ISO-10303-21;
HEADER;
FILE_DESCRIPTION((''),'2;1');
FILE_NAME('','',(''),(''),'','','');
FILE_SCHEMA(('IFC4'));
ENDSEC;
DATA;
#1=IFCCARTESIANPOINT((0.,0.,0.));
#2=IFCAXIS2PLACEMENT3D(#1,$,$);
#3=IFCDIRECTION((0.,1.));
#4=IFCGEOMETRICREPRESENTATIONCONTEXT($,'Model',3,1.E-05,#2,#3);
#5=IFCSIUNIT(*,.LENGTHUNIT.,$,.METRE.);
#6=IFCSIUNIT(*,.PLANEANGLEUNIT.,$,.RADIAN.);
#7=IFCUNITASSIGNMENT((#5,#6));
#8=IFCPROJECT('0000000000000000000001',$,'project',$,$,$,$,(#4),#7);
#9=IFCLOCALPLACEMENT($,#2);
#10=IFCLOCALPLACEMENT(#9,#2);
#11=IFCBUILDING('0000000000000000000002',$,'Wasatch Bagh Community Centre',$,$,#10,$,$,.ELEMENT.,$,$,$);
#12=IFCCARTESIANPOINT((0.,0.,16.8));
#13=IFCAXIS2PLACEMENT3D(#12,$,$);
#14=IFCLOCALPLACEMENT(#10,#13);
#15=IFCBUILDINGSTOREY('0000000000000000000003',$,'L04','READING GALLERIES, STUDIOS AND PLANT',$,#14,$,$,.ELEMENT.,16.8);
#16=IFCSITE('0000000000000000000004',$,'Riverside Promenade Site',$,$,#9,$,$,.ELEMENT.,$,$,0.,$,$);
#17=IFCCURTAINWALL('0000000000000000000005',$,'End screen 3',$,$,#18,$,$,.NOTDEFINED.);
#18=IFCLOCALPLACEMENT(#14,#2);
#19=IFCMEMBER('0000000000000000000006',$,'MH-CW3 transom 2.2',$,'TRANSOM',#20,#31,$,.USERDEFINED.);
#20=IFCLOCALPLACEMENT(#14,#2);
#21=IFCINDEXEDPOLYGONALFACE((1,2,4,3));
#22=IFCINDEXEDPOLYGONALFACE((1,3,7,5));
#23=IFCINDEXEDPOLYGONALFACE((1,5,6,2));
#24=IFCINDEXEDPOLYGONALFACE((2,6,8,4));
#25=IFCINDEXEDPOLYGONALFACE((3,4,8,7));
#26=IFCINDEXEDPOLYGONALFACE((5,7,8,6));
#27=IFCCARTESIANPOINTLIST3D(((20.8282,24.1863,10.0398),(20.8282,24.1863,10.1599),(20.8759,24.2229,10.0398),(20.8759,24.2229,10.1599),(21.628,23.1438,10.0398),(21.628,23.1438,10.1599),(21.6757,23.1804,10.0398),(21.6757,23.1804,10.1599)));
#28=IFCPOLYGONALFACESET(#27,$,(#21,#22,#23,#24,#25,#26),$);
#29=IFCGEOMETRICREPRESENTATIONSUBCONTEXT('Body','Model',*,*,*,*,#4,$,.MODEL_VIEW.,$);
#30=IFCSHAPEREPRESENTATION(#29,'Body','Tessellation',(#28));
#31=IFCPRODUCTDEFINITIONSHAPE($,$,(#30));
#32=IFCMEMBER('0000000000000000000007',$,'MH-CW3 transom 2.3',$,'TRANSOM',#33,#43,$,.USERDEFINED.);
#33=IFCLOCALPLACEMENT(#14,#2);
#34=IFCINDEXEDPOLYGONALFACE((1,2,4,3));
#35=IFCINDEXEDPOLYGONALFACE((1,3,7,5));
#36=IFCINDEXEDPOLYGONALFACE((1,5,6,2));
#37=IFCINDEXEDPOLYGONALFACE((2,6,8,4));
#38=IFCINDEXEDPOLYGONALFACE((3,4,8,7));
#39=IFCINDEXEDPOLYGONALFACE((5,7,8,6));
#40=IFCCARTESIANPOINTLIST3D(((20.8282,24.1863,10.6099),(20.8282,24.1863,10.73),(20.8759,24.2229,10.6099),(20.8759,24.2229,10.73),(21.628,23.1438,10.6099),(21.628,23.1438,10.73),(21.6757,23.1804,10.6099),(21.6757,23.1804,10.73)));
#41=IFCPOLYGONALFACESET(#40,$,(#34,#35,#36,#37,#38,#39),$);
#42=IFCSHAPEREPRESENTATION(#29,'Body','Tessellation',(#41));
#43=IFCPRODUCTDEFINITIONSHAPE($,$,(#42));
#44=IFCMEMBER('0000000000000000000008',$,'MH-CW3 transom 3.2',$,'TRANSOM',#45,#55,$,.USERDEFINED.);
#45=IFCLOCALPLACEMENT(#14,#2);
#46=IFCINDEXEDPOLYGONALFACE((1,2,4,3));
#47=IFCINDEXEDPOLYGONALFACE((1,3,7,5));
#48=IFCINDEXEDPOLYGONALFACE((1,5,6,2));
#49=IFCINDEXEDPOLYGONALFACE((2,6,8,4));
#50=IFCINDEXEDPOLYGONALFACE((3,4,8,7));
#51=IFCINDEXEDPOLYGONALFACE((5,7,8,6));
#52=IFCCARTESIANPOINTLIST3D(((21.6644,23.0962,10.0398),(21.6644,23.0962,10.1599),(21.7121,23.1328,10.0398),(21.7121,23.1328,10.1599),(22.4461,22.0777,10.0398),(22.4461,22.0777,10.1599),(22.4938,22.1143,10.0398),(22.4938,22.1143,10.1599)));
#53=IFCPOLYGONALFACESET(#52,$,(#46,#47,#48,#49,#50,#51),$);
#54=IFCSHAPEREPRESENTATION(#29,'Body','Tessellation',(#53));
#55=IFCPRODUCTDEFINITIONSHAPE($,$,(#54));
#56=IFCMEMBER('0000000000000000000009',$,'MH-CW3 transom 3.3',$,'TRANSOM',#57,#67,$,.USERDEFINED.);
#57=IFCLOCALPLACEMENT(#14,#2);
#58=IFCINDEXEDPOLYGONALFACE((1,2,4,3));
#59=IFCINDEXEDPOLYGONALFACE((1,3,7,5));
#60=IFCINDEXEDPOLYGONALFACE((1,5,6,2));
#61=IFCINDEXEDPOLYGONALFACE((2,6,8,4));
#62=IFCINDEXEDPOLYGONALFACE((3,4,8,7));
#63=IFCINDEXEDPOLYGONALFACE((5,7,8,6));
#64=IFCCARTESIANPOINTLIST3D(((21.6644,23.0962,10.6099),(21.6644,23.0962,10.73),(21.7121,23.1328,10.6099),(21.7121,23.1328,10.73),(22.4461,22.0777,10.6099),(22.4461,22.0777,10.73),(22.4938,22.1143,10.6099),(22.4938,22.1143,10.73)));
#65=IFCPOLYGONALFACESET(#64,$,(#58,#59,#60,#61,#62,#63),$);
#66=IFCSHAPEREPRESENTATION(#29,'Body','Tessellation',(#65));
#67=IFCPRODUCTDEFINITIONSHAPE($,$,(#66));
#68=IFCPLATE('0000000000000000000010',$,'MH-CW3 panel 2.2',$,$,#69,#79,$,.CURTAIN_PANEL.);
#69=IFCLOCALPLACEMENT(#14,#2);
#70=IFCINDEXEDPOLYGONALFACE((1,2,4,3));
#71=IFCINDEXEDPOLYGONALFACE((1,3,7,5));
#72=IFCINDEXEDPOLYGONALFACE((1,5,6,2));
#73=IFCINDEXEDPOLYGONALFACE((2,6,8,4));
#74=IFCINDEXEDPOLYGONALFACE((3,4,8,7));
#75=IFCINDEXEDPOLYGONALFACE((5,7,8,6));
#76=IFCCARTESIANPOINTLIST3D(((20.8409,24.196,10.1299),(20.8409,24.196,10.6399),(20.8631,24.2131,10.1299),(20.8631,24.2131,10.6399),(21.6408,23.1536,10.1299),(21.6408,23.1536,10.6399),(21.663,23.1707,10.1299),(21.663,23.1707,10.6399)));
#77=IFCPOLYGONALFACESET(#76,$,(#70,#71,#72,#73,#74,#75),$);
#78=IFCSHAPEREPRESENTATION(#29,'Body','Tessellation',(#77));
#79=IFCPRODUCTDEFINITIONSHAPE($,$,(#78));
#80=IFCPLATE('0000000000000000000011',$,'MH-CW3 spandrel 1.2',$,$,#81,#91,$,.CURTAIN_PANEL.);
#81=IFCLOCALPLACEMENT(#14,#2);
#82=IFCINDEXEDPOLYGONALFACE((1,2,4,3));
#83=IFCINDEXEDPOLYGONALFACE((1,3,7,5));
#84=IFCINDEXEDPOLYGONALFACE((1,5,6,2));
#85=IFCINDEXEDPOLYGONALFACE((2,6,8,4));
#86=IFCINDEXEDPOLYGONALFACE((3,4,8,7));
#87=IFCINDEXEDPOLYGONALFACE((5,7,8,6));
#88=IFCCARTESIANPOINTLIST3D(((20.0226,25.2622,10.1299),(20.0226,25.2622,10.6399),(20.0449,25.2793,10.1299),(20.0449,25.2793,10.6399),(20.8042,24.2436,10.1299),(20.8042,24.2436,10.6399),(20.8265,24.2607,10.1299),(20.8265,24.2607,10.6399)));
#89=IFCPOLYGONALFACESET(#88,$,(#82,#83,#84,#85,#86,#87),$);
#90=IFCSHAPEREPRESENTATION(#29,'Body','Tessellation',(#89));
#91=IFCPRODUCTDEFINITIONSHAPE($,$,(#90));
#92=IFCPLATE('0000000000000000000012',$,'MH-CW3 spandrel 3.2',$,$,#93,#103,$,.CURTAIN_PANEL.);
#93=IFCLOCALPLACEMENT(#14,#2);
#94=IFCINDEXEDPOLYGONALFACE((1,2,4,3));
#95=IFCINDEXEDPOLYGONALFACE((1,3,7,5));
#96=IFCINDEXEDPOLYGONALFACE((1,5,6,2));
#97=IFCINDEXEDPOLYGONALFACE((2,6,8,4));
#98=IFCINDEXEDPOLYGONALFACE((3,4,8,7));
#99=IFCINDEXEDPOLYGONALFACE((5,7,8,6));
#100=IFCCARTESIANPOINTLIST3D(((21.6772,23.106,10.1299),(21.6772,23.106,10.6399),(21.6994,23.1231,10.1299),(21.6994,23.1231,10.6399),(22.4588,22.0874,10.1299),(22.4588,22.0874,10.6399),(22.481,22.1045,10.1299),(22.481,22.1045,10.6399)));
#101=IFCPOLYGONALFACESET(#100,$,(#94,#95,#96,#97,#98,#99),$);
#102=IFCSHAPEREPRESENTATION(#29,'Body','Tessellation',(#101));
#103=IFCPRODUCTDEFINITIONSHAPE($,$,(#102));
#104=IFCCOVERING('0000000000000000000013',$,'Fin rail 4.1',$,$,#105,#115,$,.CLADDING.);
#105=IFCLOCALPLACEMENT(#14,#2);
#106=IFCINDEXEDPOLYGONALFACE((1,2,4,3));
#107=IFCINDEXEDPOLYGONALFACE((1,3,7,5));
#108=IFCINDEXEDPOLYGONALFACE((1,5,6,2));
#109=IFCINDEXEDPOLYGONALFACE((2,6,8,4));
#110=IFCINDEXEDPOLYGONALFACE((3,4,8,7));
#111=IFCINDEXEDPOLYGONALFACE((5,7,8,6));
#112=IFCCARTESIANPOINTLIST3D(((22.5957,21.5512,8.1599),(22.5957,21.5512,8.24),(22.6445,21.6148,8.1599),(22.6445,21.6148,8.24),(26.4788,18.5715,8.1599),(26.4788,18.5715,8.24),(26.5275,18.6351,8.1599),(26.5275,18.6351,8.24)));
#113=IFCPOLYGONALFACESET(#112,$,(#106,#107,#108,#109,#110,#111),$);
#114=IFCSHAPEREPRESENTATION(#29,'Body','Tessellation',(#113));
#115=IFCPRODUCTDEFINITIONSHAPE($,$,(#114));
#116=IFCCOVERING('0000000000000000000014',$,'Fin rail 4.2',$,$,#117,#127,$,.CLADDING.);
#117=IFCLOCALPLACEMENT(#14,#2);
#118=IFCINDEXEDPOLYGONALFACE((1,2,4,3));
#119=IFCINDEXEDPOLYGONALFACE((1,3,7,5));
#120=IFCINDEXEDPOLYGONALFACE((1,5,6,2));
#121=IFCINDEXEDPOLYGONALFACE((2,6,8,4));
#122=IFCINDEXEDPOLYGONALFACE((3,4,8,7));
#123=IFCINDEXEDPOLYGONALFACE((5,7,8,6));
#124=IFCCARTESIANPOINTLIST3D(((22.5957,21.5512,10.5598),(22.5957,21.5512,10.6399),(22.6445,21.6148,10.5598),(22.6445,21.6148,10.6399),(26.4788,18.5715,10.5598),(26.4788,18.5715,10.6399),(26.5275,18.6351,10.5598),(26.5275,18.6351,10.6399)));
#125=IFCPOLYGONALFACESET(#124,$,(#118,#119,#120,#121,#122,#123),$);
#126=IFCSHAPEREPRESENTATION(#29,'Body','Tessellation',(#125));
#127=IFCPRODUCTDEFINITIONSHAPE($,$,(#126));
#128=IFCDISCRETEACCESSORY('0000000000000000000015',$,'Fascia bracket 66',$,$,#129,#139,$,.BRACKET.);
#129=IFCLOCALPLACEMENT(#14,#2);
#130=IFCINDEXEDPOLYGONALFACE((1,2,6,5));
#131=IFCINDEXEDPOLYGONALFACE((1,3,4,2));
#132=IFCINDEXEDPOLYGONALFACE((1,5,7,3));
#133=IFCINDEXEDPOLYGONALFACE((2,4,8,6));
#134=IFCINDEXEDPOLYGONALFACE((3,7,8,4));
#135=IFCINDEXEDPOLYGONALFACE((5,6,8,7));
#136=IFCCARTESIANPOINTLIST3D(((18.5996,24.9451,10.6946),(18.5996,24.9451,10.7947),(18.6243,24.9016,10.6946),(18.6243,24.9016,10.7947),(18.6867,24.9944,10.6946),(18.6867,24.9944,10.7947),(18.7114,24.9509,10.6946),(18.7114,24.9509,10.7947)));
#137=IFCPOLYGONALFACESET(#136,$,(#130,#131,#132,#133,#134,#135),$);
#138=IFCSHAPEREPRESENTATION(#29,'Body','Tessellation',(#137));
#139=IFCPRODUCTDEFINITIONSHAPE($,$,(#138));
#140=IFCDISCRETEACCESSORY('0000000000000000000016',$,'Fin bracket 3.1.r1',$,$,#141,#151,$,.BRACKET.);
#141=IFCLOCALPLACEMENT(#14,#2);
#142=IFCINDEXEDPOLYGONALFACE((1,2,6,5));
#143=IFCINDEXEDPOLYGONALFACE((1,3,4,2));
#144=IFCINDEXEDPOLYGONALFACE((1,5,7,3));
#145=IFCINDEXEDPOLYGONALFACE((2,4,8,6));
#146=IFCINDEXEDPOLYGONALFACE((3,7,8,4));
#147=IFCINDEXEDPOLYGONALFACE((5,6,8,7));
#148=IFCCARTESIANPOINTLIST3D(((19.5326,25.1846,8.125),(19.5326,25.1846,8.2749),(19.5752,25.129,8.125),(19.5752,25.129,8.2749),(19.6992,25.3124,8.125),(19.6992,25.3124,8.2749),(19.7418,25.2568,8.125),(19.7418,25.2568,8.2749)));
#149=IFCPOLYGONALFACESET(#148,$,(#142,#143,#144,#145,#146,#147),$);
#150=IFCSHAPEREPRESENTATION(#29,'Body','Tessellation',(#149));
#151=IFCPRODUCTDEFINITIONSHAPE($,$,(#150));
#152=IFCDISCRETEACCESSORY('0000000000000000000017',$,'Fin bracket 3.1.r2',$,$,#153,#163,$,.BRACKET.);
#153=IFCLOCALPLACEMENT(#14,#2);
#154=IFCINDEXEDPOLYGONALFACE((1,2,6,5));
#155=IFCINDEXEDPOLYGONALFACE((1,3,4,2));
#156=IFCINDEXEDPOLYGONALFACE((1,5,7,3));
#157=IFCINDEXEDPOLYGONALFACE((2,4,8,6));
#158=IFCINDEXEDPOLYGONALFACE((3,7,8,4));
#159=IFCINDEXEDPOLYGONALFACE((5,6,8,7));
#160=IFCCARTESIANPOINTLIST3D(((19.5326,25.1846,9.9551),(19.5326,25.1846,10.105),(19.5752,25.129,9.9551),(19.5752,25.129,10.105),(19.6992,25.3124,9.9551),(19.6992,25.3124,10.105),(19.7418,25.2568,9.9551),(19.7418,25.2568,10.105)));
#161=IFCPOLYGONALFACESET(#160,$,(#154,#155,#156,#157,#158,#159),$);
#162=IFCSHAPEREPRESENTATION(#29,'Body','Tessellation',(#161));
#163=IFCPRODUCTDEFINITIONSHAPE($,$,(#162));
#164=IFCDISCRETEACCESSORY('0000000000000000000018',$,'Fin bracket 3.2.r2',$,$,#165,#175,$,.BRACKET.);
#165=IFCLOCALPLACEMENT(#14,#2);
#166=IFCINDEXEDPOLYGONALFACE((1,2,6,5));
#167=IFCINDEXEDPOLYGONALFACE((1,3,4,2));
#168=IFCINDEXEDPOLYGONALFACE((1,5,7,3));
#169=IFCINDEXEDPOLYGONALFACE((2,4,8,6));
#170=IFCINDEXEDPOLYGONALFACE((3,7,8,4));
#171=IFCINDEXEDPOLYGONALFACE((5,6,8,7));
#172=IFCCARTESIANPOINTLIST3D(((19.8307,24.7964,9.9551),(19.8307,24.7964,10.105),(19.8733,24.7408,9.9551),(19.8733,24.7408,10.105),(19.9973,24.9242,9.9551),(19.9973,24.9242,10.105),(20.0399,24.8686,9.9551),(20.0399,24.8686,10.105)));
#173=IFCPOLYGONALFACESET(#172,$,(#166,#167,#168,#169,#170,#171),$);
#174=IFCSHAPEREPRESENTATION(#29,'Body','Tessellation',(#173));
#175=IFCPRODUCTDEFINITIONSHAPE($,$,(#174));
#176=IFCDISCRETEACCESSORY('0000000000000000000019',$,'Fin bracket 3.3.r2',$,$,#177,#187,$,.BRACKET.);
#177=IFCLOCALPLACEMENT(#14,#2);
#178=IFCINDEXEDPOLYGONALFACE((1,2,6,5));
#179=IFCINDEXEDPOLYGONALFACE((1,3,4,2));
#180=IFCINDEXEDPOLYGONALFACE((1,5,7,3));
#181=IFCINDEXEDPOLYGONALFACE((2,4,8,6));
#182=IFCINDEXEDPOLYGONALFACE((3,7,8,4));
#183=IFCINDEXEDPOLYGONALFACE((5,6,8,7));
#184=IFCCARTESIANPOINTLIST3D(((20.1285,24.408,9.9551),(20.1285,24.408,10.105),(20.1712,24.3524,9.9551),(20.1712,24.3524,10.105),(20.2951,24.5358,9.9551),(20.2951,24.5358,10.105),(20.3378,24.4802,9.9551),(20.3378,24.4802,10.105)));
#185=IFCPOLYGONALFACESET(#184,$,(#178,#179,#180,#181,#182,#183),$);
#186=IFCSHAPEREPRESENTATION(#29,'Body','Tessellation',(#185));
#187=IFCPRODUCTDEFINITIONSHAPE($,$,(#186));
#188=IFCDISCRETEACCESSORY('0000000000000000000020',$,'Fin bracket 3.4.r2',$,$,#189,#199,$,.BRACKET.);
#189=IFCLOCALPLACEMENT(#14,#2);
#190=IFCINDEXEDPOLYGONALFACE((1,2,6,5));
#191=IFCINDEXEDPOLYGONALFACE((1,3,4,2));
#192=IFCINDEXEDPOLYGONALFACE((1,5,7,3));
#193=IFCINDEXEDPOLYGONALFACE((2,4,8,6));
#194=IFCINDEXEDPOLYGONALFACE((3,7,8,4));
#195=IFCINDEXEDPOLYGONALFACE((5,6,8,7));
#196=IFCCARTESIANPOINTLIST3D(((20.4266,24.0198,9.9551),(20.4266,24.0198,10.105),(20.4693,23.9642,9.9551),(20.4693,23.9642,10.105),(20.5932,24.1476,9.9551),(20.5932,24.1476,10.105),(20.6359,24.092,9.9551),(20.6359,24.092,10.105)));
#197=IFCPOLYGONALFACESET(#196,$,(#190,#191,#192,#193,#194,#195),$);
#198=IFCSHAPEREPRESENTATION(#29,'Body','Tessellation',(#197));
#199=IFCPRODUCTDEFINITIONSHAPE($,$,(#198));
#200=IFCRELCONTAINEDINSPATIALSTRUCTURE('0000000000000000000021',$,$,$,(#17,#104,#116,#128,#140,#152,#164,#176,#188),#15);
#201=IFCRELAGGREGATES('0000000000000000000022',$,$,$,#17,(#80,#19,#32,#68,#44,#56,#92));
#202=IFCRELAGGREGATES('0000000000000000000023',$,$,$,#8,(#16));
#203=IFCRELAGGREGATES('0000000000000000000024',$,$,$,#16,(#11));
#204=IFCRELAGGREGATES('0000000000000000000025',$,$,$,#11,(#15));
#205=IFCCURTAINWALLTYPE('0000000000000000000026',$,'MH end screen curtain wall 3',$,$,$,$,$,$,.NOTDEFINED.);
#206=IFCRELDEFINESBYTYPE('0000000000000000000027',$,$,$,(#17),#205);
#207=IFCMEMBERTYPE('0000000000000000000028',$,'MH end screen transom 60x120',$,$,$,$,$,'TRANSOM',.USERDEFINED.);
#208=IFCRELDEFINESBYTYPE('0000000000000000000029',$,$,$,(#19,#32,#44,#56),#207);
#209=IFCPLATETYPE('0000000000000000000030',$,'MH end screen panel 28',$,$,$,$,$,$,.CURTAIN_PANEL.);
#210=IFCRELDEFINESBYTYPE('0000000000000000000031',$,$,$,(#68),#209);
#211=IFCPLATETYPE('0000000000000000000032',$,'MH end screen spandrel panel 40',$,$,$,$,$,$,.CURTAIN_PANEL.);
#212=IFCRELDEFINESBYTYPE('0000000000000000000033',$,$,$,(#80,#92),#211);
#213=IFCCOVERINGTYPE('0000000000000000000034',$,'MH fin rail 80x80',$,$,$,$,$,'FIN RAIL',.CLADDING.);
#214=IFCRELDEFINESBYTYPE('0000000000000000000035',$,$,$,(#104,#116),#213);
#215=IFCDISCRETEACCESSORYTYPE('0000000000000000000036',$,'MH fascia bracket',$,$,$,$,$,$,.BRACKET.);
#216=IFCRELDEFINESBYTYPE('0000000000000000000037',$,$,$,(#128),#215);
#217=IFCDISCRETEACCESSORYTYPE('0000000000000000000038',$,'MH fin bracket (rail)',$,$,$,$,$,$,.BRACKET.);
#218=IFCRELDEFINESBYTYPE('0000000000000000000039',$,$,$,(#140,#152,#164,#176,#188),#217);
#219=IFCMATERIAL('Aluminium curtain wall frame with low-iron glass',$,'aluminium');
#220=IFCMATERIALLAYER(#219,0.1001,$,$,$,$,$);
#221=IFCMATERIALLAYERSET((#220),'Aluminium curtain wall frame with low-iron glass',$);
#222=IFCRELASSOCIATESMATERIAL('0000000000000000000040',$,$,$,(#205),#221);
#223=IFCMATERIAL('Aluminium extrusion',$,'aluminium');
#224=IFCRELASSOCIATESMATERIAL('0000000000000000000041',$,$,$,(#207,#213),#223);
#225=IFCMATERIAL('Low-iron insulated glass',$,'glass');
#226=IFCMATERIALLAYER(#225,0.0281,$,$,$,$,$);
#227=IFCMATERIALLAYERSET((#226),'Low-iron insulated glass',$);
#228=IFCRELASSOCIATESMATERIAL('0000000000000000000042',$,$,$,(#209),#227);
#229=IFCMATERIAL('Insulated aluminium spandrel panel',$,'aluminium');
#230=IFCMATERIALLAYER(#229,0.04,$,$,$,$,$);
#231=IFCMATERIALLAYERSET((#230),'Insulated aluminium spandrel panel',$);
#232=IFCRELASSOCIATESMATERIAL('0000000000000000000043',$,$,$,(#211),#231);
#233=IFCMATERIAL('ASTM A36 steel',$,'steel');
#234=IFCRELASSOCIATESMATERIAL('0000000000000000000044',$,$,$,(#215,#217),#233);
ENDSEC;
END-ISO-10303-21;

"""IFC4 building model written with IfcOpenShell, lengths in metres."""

from ifc_helpers import new_model, si_unit, direction, frame, origin, origin_2d, place, context, subcontext, project, spatial, rectangle, extrude, material, layer, layer_set, material_profile, profile_set, type_object, element, aggregate, save


model = new_model("IFC4")

# Units and contexts
model_context = context("Model", 3, precision=1e-05, world=origin(), true_north=direction((0.0, 1.0)))
body_context = subcontext(model_context, "Body", "Model", "MODEL_VIEW")
ifc_project = project(units=[si_unit("LENGTHUNIT", "METRE"), si_unit("PLANEANGLEUNIT", "RADIAN")], contexts=[model_context])

# Site, building, storey
site_placement = place(None, origin())
site = spatial("IfcSite", under=ifc_project, at=site_placement, Name="Riverside Promenade Site", CompositionType="ELEMENT", RefElevation=0.0)
building_placement = place(site_placement, origin())
building = spatial("IfcBuilding", under=site, at=building_placement, Name="Wasatch Bagh Community Centre", CompositionType="ELEMENT")
storey_placement = place(building_placement, frame((0.0, 0.0, 16.8)))
storey = spatial("IfcBuildingStorey", under=building, at=storey_placement, Name="L04", Description="READING GALLERIES, STUDIOS AND PLANT", CompositionType="ELEMENT", Elevation=16.8)

# Curtain wall, members, plates
ifc_material_1 = material(Name="Aluminium curtain wall frame with low-iron glass", Category="aluminium")
ifc_layer_1 = layer(ifc_material_1, 0.1001)
ifc_layer_set_1 = layer_set([ifc_layer_1], Name="Aluminium curtain wall frame with low-iron glass")
curtain_wall_type = type_object("IfcCurtainWallType", Name="MH end screen curtain wall 3", PredefinedType="NOTDEFINED", material=ifc_layer_set_1)
curtain_wall_placement = place(storey_placement, origin())
curtain_wall = element("IfcCurtainWall", 1, at=curtain_wall_placement, inside=storey, type_object=curtain_wall_type, Name="End screen 3", PredefinedType="NOTDEFINED")
ifc_material_2 = material(Name="Aluminium extrusion", Category="aluminium")
ifc_material_profile_1 = material_profile(ifc_material_2, rectangle(XDim=0.0601, YDim=0.1201, at=origin_2d()), Name="AL 60x120")
ifc_profile_set_1 = profile_set([ifc_material_profile_1], Name="Aluminium extrusion")
member_type = type_object("IfcMemberType", Name="MH end screen transom 60x120", ElementType="TRANSOM", PredefinedType="USERDEFINED", material=ifc_profile_set_1)
member_1_placement = place(storey_placement, frame((20.8521, 24.2046, 10.0999), z_axis=(0.608705, -0.793397, 0.0), x_axis=(0.793397, 0.608705, 0.0)))
member_1 = element("IfcMember", 2, at=member_1_placement, type_object=member_type, Name="MH-CW3 transom 2.2", ObjectType="TRANSOM", PredefinedType="USERDEFINED", context=body_context, shape_type="SweptSolid", body=[
    extrude(rectangle(XDim=0.0601, YDim=0.1201, at=origin_2d()), origin(), (0.0, 0.0, 1.0), 1.314),
])
member_2_placement = place(storey_placement, frame((20.8521, 24.2046, 10.6699), z_axis=(0.608705, -0.793397, 0.0), x_axis=(0.793397, 0.608705, 0.0)))
member_2 = element("IfcMember", 3, at=member_2_placement, type_object=member_type, Name="MH-CW3 transom 2.3", ObjectType="TRANSOM", PredefinedType="USERDEFINED", context=body_context, shape_type="SweptSolid", body=[
    extrude(rectangle(XDim=0.0601, YDim=0.1201, at=origin_2d()), origin(), (0.0, 0.0, 1.0), 1.314),
])
member_3_placement = place(storey_placement, frame((21.6882, 23.1145, 10.0999), z_axis=(0.608847, -0.793288, 0.0), x_axis=(0.793288, 0.608847, 0.0)))
member_3 = element("IfcMember", 4, at=member_3_placement, type_object=member_type, Name="MH-CW3 transom 3.2", ObjectType="TRANSOM", PredefinedType="USERDEFINED", context=body_context, shape_type="SweptSolid", body=[
    extrude(rectangle(XDim=0.0601, YDim=0.1201, at=origin_2d()), origin(), (0.0, 0.0, 1.0), 1.2839),
])
member_4_placement = place(storey_placement, frame((21.6882, 23.1145, 10.6699), z_axis=(0.608847, -0.793288, 0.0), x_axis=(0.793288, 0.608847, 0.0)))
member_4 = element("IfcMember", 5, at=member_4_placement, type_object=member_type, Name="MH-CW3 transom 3.3", ObjectType="TRANSOM", PredefinedType="USERDEFINED", context=body_context, shape_type="SweptSolid", body=[
    extrude(rectangle(XDim=0.0601, YDim=0.1201, at=origin_2d()), origin(), (0.0, 0.0, 1.0), 1.2839),
])
ifc_material_3 = material(Name="Low-iron insulated glass", Category="glass")
ifc_layer_2 = layer(ifc_material_3, 0.0281)
ifc_layer_set_2 = layer_set([ifc_layer_2], Name="Low-iron insulated glass")
plate_type_1 = type_object("IfcPlateType", Name="MH end screen panel 28", PredefinedType="CURTAIN_PANEL", material=ifc_layer_set_2)
plate_1_placement = place(storey_placement, frame((21.252, 23.6833, 10.1299), z_axis=(0.0, 0.0, 1.0), x_axis=(0.608761, -0.793353, 0.0)))
plate_1 = element("IfcPlate", 6, at=plate_1_placement, type_object=plate_type_1, Name="MH-CW3 panel 2.2", PredefinedType="CURTAIN_PANEL", context=body_context, shape_type="SweptSolid", body=[
    extrude(rectangle(XDim=1.314, YDim=0.0281, at=origin_2d()), origin(), (0.0, 0.0, 1.0), 0.51),
])
ifc_material_4 = material(Name="Insulated aluminium spandrel panel", Category="aluminium")
ifc_layer_3 = layer(ifc_material_4, 0.04)
ifc_layer_set_3 = layer_set([ifc_layer_3], Name="Insulated aluminium spandrel panel")
plate_type_2 = type_object("IfcPlateType", Name="MH end screen spandrel panel 40", PredefinedType="CURTAIN_PANEL", material=ifc_layer_set_3)
plate_2_placement = place(storey_placement, frame((20.4246, 24.7615, 10.1299), z_axis=(0.0, 0.0, 1.0), x_axis=(0.608761, -0.793353, 0.0)))
plate_2 = element("IfcPlate", 7, at=plate_2_placement, type_object=plate_type_2, Name="MH-CW3 spandrel 1.2", PredefinedType="CURTAIN_PANEL", context=body_context, shape_type="SweptSolid", body=[
    extrude(rectangle(XDim=1.2839, YDim=0.0281, at=origin_2d()), origin(), (0.0, 0.0, 1.0), 0.51),
])
plate_3_placement = place(storey_placement, frame((22.0791, 22.6052, 10.1299), z_axis=(0.0, 0.0, 1.0), x_axis=(0.608761, -0.793353, 0.0)))
plate_3 = element("IfcPlate", 8, at=plate_3_placement, type_object=plate_type_2, Name="MH-CW3 spandrel 3.2", PredefinedType="CURTAIN_PANEL", context=body_context, shape_type="SweptSolid", body=[
    extrude(rectangle(XDim=1.2839, YDim=0.0281, at=origin_2d()), origin(), (0.0, 0.0, 1.0), 0.51),
])
aggregate(curtain_wall, [plate_2, member_1, member_2, plate_1, member_3, member_4, plate_3])

# Coverings
ifc_material_profile_2 = material_profile(ifc_material_2, rectangle(XDim=0.0801, YDim=0.0801, at=origin_2d()), Name="AL 80x80")
ifc_profile_set_2 = profile_set([ifc_material_profile_2], Name="Aluminium extrusion")
covering_type_1 = type_object("IfcCoveringType", Name="MH fin rail 80x80", ElementType="FIN RAIL", PredefinedType="CLADDING", material=ifc_profile_set_2)
for number, where, z_axis, x_axis, name in (
    (9, (22.6201, 21.583, 8.2), (0.793337, -0.608782, 0.0), (0.608782, 0.793337, 0.0), "Fin rail 4.1"),
    (10, (22.6201, 21.583, 10.5999), (0.793337, -0.608782, 0.0), (0.608782, 0.793337, 0.0), "Fin rail 4.2"),
):
    element("IfcCovering", number, at=place(storey_placement, frame(where, z_axis=z_axis, x_axis=x_axis)), inside=storey, type_object=covering_type_1, Name=name, PredefinedType="CLADDING", context=body_context, shape_type="SweptSolid", body=[
        extrude(rectangle(XDim=0.0801, YDim=0.0801, at=origin_2d()), origin(), (0.0, 0.0, 1.0), 4.8945),
    ])

# Discrete accessories
ifc_material_5 = material(Name="ASTM A36 steel", Category="steel")
discrete_accessory_type_1 = type_object("IfcDiscreteAccessoryType", Name="MH fascia bracket", PredefinedType="BRACKET", material=ifc_material_5)
discrete_accessory_placement = place(storey_placement, frame((18.6555, 24.948, 10.6946), z_axis=(0.0, 0.0, 1.0), x_axis=(-0.870087, -0.492898, 0.0)))
element("IfcDiscreteAccessory", 11, at=discrete_accessory_placement, inside=storey, type_object=discrete_accessory_type_1, Name="Fascia bracket 66", PredefinedType="BRACKET", context=body_context, shape_type="SweptSolid", body=[
    extrude(rectangle(XDim=0.1001, YDim=0.05, at=origin_2d()), origin(), (0.0, 0.0, 1.0), 0.1001),
])
discrete_accessory_type_2 = type_object("IfcDiscreteAccessoryType", Name="MH fin bracket (rail)", PredefinedType="BRACKET", material=ifc_material_5)
for number, where, z_axis, x_axis, name in (
    (12, (19.6372, 25.2207, 8.125), (0.0, 0.0, 1.0), (0.608761, -0.793353, 0.0), "Fin bracket 3.1.r1"),
    (13, (19.6372, 25.2207, 9.9551), (0.0, 0.0, 1.0), (0.608761, -0.793353, 0.0), "Fin bracket 3.1.r2"),
    (14, (19.9353, 24.8325, 9.9551), (0.0, 0.0, 1.0), (0.608761, -0.793353, 0.0), "Fin bracket 3.2.r2"),
    (15, (20.2332, 24.4441, 9.9551), (0.0, 0.0, 1.0), (0.608761, -0.793353, 0.0), "Fin bracket 3.3.r2"),
    (16, (20.5312, 24.0559, 9.9551), (0.0, 0.0, 1.0), (0.608761, -0.793353, 0.0), "Fin bracket 3.4.r2"),
):
    element("IfcDiscreteAccessory", number, at=place(storey_placement, frame(where, z_axis=z_axis, x_axis=x_axis)), inside=storey, type_object=discrete_accessory_type_2, Name=name, PredefinedType="BRACKET", context=body_context, shape_type="SweptSolid", body=[
        extrude(rectangle(XDim=0.0701, YDim=0.21, at=origin_2d()), origin(), (0.0, 0.0, 1.0), 0.1499),
    ])

save(model, "model.ifc")
